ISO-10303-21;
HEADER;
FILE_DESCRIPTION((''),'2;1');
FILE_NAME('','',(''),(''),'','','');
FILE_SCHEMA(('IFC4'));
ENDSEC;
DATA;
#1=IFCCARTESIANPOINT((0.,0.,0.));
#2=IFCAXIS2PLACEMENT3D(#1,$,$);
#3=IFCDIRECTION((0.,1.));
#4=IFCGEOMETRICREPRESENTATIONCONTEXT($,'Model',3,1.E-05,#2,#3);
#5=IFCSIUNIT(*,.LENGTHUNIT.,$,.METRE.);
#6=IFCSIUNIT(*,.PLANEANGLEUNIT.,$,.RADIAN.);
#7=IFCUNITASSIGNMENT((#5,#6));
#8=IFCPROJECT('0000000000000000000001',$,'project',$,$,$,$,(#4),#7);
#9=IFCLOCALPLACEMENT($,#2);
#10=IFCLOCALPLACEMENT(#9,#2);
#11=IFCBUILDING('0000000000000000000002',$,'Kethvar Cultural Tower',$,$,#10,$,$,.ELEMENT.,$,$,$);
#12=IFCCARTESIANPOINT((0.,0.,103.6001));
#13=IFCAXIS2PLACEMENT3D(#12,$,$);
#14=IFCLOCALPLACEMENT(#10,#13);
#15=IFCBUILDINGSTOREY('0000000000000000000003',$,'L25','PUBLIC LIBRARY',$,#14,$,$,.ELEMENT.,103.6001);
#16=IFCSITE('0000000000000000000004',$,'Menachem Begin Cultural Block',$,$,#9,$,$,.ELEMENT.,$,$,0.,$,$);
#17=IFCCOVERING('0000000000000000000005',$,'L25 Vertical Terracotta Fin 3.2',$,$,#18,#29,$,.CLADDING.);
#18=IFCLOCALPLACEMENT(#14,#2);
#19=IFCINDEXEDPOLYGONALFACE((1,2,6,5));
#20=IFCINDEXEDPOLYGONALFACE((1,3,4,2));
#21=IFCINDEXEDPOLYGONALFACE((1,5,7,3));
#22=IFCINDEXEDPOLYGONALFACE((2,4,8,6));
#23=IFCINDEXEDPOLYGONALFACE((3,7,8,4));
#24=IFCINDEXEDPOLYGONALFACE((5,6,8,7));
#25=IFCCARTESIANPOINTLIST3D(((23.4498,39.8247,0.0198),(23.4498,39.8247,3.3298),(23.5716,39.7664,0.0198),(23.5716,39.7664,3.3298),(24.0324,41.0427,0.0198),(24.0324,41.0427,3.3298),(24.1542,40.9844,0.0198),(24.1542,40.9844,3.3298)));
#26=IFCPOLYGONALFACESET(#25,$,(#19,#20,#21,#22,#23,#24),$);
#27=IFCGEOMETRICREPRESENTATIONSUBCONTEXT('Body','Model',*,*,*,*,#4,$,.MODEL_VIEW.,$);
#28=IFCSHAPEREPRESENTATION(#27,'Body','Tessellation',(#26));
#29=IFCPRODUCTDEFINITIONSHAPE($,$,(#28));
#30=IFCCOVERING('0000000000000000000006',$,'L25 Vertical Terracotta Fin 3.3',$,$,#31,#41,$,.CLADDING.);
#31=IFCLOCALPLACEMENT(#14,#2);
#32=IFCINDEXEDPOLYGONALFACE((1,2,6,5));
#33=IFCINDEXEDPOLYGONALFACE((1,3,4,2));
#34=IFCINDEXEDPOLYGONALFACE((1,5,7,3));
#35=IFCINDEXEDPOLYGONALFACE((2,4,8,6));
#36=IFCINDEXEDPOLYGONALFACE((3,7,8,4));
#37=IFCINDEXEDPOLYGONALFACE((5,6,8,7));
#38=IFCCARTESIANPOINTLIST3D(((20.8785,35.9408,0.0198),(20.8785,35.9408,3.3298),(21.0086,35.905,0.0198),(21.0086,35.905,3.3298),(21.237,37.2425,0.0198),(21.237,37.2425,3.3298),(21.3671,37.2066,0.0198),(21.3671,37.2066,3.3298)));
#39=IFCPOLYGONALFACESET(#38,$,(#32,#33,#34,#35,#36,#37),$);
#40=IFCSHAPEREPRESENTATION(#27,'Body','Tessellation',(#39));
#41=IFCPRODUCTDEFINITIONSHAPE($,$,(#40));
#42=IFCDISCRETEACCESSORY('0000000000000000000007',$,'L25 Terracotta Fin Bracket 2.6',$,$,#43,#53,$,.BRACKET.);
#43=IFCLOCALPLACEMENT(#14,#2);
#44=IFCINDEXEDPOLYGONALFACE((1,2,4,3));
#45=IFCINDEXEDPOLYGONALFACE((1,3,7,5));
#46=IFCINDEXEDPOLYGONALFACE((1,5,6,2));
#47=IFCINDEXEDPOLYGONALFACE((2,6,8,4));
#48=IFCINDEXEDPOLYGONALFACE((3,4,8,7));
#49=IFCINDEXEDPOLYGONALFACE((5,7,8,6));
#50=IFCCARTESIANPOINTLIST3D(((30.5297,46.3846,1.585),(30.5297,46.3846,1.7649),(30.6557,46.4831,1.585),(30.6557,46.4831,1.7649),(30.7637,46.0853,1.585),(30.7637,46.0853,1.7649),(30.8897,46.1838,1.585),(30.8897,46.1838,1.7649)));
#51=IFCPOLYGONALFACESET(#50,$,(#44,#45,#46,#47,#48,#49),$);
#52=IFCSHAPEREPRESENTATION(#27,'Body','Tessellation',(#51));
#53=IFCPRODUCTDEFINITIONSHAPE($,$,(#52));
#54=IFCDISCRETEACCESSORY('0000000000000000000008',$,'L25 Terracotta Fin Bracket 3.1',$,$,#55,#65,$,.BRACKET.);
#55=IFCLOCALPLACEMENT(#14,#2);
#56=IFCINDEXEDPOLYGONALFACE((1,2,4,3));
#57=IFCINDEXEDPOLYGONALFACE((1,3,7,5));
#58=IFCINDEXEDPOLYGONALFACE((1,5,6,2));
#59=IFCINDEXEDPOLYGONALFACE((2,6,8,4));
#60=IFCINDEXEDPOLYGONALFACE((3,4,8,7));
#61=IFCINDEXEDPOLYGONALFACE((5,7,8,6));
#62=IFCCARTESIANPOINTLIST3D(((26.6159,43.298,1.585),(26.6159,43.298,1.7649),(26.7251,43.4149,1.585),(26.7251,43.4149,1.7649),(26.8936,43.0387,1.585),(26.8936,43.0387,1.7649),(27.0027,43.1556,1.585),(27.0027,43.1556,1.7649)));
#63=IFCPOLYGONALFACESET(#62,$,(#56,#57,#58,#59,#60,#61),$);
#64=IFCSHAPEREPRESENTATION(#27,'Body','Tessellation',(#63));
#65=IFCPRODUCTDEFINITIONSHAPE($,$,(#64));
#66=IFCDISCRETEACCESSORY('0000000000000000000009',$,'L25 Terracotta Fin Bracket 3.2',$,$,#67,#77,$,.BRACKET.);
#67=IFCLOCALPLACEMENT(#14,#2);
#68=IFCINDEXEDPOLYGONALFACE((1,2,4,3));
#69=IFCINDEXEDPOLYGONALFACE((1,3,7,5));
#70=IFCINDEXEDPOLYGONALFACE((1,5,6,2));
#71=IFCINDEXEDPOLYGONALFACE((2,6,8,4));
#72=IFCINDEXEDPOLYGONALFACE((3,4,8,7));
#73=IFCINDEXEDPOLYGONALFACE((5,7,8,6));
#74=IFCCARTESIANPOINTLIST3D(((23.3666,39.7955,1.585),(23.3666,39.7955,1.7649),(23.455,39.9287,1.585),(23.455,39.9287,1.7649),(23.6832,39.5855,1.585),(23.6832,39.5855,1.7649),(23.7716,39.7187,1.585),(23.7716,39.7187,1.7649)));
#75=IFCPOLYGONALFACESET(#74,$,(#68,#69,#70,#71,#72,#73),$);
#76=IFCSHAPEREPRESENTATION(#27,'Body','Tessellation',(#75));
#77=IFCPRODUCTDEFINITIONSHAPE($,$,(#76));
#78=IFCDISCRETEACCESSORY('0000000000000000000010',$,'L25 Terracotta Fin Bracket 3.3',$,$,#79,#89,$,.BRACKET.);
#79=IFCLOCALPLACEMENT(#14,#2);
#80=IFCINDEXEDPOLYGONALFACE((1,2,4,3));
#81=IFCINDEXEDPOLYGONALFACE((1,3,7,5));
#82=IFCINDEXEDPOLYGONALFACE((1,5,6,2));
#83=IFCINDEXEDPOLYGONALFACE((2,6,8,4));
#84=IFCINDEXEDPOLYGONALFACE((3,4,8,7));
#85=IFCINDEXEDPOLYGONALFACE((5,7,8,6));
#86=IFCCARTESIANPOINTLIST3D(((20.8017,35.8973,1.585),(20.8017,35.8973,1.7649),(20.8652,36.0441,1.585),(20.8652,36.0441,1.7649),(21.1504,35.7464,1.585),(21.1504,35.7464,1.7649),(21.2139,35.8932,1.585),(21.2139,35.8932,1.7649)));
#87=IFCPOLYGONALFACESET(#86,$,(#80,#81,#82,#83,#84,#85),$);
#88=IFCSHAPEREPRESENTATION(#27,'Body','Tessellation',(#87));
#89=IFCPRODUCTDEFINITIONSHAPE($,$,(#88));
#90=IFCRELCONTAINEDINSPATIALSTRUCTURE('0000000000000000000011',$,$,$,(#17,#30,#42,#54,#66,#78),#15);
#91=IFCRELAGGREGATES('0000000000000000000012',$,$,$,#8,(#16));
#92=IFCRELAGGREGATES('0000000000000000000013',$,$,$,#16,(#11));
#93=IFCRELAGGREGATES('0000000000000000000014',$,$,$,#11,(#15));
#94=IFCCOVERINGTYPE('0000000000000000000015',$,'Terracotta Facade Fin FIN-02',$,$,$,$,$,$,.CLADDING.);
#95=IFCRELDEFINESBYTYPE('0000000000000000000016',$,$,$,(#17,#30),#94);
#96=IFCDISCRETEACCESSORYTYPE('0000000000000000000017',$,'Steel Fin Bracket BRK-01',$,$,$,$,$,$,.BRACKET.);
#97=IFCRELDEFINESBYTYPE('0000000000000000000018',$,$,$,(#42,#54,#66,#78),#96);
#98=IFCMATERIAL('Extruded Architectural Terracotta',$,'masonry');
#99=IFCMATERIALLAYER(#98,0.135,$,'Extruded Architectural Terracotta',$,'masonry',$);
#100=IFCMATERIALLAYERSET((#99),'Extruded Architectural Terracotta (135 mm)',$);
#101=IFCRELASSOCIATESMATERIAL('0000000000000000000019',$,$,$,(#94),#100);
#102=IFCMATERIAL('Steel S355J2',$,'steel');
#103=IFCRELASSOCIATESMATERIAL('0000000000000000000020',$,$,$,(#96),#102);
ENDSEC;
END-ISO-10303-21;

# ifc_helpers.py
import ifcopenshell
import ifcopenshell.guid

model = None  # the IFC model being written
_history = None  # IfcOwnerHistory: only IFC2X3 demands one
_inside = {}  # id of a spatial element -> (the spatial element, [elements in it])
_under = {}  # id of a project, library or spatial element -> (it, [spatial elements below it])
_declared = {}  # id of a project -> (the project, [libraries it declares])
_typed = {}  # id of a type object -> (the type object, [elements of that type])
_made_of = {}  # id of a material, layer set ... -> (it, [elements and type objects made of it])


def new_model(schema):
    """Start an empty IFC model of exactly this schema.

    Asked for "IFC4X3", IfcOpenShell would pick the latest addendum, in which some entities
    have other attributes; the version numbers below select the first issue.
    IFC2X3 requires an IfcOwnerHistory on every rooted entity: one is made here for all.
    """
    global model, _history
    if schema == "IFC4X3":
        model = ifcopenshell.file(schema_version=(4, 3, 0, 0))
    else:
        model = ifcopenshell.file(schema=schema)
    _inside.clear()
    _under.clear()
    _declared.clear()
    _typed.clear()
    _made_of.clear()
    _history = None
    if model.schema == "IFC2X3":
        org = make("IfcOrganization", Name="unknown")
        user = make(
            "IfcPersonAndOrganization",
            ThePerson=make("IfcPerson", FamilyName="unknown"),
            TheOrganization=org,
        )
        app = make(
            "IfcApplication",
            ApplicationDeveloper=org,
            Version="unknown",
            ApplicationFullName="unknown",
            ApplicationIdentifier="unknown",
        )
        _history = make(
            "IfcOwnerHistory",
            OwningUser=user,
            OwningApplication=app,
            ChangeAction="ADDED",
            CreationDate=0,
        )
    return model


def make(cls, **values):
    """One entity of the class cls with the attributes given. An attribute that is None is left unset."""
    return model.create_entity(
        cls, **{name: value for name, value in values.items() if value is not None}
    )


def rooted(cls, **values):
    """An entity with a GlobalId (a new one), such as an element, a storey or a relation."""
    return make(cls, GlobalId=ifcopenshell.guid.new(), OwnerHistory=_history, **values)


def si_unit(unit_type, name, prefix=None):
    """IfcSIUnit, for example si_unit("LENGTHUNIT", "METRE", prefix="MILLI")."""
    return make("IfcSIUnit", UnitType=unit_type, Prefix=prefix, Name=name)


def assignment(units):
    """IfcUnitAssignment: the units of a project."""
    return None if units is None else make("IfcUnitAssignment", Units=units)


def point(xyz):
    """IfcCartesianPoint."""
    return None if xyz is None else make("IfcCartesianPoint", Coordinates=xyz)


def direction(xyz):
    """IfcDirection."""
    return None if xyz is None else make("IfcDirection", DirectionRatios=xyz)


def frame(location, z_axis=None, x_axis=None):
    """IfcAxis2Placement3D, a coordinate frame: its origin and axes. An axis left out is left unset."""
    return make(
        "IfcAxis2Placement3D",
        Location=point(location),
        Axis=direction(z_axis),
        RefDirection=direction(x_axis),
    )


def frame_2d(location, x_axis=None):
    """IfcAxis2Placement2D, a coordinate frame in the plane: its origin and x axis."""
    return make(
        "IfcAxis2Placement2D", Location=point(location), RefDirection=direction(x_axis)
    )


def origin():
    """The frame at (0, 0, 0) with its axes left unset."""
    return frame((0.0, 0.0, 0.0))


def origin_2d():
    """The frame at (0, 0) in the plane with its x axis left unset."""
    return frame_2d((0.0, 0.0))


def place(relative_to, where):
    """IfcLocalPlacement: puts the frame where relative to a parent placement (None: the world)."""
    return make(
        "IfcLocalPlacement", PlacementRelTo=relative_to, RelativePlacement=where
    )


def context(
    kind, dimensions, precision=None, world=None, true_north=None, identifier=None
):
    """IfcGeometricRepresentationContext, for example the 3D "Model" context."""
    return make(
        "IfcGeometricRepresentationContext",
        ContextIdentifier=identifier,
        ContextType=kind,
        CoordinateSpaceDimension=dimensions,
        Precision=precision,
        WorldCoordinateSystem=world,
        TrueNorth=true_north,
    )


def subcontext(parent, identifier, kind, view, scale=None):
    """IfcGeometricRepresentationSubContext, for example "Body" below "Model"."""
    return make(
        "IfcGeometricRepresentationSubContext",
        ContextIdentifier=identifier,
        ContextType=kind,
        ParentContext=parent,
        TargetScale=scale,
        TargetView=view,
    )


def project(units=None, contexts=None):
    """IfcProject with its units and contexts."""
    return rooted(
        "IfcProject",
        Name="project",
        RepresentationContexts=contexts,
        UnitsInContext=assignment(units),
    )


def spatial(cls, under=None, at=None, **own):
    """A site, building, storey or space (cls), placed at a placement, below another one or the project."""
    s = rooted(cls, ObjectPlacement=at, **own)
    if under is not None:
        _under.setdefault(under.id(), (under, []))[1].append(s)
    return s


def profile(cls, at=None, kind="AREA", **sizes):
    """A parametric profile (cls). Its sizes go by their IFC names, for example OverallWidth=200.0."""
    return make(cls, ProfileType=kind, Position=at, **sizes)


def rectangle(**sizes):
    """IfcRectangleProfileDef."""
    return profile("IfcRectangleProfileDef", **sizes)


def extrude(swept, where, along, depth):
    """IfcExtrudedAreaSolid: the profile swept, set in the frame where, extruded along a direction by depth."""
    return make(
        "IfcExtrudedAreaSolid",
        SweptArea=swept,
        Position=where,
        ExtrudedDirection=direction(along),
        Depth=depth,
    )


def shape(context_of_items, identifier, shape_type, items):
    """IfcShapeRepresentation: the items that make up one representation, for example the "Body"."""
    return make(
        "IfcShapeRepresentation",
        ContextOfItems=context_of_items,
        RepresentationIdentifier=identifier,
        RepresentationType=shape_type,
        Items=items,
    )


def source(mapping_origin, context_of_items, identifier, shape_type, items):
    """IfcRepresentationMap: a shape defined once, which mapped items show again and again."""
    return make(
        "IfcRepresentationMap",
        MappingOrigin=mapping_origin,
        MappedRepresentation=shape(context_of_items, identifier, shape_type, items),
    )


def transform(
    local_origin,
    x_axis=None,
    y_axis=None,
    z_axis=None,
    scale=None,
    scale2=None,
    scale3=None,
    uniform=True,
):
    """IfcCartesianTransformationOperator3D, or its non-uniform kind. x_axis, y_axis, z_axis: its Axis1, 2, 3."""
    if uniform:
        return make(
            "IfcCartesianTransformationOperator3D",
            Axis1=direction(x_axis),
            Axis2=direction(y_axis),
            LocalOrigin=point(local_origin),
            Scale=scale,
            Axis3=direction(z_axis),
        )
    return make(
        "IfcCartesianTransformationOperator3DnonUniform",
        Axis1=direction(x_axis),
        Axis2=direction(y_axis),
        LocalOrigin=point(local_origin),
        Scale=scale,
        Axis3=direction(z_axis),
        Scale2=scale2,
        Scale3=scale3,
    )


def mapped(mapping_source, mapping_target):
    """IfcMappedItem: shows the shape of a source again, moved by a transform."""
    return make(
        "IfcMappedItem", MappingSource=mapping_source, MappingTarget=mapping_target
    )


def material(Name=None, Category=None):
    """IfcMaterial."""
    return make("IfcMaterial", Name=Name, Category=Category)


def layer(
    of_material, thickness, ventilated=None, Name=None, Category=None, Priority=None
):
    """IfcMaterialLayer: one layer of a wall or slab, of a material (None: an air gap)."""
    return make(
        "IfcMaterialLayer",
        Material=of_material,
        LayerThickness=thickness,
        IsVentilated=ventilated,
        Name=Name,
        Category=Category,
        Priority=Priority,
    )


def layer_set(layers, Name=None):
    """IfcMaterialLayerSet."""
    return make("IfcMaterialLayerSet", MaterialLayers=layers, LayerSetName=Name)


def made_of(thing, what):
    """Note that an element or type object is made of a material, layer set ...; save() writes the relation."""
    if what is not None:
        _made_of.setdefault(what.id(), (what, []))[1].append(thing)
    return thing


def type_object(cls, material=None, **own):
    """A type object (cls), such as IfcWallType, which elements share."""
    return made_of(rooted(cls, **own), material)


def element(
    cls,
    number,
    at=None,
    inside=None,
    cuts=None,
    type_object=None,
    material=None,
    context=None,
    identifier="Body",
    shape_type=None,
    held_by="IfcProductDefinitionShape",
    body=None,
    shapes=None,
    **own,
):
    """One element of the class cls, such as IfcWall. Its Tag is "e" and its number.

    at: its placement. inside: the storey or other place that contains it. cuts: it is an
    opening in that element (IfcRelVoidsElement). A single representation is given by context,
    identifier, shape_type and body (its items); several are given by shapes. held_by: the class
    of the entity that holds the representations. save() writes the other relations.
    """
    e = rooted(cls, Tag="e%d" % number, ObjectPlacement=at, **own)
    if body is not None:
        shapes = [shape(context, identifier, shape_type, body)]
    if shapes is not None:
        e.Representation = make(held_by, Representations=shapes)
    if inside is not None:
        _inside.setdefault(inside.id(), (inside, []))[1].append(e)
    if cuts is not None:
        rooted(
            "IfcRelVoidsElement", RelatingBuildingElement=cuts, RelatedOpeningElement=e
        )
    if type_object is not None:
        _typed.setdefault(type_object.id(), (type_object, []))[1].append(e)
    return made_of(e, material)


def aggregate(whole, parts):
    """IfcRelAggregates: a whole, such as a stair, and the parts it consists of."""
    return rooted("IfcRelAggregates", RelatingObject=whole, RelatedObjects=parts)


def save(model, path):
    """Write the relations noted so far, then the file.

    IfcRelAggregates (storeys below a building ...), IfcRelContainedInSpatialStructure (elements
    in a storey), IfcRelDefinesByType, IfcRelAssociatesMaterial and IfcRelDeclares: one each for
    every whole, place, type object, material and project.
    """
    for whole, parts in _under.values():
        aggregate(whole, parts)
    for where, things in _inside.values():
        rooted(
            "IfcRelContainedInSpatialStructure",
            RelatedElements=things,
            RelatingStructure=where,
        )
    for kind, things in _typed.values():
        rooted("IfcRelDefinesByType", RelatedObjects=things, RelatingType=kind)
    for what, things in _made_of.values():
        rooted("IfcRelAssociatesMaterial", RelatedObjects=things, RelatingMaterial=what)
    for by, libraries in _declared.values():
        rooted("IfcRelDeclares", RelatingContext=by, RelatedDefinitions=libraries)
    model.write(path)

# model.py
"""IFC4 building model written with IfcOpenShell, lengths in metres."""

from ifc_helpers import new_model, si_unit, direction, frame, origin, origin_2d, place, context, subcontext, project, spatial, rectangle, extrude, source, transform, mapped, material, layer, layer_set, type_object, element, save


model = new_model("IFC4")

# Units and contexts
model_context = context("Model", 3, precision=1e-05, world=origin(), true_north=direction((0.0, 1.0)))
body_context = subcontext(model_context, "Body", "Model", "MODEL_VIEW")
ifc_project = project(units=[si_unit("LENGTHUNIT", "METRE"), si_unit("PLANEANGLEUNIT", "RADIAN")], contexts=[model_context])

# Site, building, storey
site_placement = place(None, origin())
site = spatial("IfcSite", under=ifc_project, at=site_placement, Name="Menachem Begin Cultural Block", CompositionType="ELEMENT", RefElevation=0.0)
building_placement = place(site_placement, origin())
building = spatial("IfcBuilding", under=site, at=building_placement, Name="Kethvar Cultural Tower", CompositionType="ELEMENT")
storey_placement = place(building_placement, frame((0.0, 0.0, 103.6001)))
storey = spatial("IfcBuildingStorey", under=building, at=storey_placement, Name="L25", Description="PUBLIC LIBRARY", CompositionType="ELEMENT", Elevation=103.6001)

# Shared definitions
ifc_material_1 = material(Name="Steel S355J2", Category="steel")

# Coverings
ifc_material_2 = material(Name="Extruded Architectural Terracotta", Category="masonry")
ifc_layer_1 = layer(ifc_material_2, 0.135, Name="Extruded Architectural Terracotta", Category="masonry")
ifc_layer_set_1 = layer_set([ifc_layer_1], Name="Extruded Architectural Terracotta (135 mm)")
covering_type = type_object("IfcCoveringType", Name="Terracotta Facade Fin FIN-02", PredefinedType="CLADDING", material=ifc_layer_set_1)
shared_shape_1 = source(origin(), body_context, "Body", "SweptSolid", [
    extrude(rectangle(XDim=1.3501, YDim=0.135, at=origin_2d()), origin(), (0.0, 0.0, 1.0), 3.3101),
])
for number, where, z_axis, x_axis, name in (
    (1, (23.802, 40.4045, 0.0198), (0.0, 0.0, 1.0), (0.431456, 0.902134, 0.0), "L25 Vertical Terracotta Fin 3.2"),
    (2, (21.1228, 36.5737, 0.0198), (0.0, 0.0, 1.0), (0.265556, 0.964095, 0.0), "L25 Vertical Terracotta Fin 3.3"),
):
    element("IfcCovering", number, at=place(storey_placement, frame(where, z_axis=z_axis, x_axis=x_axis)), inside=storey, type_object=covering_type, Name=name, PredefinedType="CLADDING", context=body_context, shape_type="MappedRepresentation", body=[
        mapped(shared_shape_1, transform((0.0, 0.0, 0.0), scale=1.0)),
    ])

# Discrete accessories
discrete_accessory_type = type_object("IfcDiscreteAccessoryType", Name="Steel Fin Bracket BRK-01", PredefinedType="BRACKET", material=ifc_material_1)
shared_shape_2 = source(origin(), body_context, "Body", "SweptSolid", [
    extrude(rectangle(XDim=0.3799, YDim=0.1599, at=origin_2d()), origin(), (0.0, 0.0, 1.0), 0.1799),
])
for number, where, z_axis, x_axis, name in (
    (3, (30.7097, 46.2842, 1.585), (0.0, 0.0, 1.0), (-0.615937, 0.787796, 0.0), "L25 Terracotta Fin Bracket 2.6"),
    (4, (26.8093, 43.2268, 1.585), (0.0, 0.0, 1.0), (-0.730877, 0.682509, 0.0), "L25 Terracotta Fin Bracket 3.1"),
    (5, (23.5691, 39.7571, 1.585), (0.0, 0.0, 1.0), (-0.833307, 0.55281, 0.0), "L25 Terracotta Fin Bracket 3.2"),
    (6, (21.0078, 35.8953, 1.585), (0.0, 0.0, 1.0), (-0.917755, 0.397148, 0.0), "L25 Terracotta Fin Bracket 3.3"),
):
    element("IfcDiscreteAccessory", number, at=place(storey_placement, frame(where, z_axis=z_axis, x_axis=x_axis)), inside=storey, type_object=discrete_accessory_type, Name=name, PredefinedType="BRACKET", context=body_context, shape_type="MappedRepresentation", body=[
        mapped(shared_shape_2, transform((0.0, 0.0, 0.0), scale=1.0)),
    ])

save(model, "model.ifc")
